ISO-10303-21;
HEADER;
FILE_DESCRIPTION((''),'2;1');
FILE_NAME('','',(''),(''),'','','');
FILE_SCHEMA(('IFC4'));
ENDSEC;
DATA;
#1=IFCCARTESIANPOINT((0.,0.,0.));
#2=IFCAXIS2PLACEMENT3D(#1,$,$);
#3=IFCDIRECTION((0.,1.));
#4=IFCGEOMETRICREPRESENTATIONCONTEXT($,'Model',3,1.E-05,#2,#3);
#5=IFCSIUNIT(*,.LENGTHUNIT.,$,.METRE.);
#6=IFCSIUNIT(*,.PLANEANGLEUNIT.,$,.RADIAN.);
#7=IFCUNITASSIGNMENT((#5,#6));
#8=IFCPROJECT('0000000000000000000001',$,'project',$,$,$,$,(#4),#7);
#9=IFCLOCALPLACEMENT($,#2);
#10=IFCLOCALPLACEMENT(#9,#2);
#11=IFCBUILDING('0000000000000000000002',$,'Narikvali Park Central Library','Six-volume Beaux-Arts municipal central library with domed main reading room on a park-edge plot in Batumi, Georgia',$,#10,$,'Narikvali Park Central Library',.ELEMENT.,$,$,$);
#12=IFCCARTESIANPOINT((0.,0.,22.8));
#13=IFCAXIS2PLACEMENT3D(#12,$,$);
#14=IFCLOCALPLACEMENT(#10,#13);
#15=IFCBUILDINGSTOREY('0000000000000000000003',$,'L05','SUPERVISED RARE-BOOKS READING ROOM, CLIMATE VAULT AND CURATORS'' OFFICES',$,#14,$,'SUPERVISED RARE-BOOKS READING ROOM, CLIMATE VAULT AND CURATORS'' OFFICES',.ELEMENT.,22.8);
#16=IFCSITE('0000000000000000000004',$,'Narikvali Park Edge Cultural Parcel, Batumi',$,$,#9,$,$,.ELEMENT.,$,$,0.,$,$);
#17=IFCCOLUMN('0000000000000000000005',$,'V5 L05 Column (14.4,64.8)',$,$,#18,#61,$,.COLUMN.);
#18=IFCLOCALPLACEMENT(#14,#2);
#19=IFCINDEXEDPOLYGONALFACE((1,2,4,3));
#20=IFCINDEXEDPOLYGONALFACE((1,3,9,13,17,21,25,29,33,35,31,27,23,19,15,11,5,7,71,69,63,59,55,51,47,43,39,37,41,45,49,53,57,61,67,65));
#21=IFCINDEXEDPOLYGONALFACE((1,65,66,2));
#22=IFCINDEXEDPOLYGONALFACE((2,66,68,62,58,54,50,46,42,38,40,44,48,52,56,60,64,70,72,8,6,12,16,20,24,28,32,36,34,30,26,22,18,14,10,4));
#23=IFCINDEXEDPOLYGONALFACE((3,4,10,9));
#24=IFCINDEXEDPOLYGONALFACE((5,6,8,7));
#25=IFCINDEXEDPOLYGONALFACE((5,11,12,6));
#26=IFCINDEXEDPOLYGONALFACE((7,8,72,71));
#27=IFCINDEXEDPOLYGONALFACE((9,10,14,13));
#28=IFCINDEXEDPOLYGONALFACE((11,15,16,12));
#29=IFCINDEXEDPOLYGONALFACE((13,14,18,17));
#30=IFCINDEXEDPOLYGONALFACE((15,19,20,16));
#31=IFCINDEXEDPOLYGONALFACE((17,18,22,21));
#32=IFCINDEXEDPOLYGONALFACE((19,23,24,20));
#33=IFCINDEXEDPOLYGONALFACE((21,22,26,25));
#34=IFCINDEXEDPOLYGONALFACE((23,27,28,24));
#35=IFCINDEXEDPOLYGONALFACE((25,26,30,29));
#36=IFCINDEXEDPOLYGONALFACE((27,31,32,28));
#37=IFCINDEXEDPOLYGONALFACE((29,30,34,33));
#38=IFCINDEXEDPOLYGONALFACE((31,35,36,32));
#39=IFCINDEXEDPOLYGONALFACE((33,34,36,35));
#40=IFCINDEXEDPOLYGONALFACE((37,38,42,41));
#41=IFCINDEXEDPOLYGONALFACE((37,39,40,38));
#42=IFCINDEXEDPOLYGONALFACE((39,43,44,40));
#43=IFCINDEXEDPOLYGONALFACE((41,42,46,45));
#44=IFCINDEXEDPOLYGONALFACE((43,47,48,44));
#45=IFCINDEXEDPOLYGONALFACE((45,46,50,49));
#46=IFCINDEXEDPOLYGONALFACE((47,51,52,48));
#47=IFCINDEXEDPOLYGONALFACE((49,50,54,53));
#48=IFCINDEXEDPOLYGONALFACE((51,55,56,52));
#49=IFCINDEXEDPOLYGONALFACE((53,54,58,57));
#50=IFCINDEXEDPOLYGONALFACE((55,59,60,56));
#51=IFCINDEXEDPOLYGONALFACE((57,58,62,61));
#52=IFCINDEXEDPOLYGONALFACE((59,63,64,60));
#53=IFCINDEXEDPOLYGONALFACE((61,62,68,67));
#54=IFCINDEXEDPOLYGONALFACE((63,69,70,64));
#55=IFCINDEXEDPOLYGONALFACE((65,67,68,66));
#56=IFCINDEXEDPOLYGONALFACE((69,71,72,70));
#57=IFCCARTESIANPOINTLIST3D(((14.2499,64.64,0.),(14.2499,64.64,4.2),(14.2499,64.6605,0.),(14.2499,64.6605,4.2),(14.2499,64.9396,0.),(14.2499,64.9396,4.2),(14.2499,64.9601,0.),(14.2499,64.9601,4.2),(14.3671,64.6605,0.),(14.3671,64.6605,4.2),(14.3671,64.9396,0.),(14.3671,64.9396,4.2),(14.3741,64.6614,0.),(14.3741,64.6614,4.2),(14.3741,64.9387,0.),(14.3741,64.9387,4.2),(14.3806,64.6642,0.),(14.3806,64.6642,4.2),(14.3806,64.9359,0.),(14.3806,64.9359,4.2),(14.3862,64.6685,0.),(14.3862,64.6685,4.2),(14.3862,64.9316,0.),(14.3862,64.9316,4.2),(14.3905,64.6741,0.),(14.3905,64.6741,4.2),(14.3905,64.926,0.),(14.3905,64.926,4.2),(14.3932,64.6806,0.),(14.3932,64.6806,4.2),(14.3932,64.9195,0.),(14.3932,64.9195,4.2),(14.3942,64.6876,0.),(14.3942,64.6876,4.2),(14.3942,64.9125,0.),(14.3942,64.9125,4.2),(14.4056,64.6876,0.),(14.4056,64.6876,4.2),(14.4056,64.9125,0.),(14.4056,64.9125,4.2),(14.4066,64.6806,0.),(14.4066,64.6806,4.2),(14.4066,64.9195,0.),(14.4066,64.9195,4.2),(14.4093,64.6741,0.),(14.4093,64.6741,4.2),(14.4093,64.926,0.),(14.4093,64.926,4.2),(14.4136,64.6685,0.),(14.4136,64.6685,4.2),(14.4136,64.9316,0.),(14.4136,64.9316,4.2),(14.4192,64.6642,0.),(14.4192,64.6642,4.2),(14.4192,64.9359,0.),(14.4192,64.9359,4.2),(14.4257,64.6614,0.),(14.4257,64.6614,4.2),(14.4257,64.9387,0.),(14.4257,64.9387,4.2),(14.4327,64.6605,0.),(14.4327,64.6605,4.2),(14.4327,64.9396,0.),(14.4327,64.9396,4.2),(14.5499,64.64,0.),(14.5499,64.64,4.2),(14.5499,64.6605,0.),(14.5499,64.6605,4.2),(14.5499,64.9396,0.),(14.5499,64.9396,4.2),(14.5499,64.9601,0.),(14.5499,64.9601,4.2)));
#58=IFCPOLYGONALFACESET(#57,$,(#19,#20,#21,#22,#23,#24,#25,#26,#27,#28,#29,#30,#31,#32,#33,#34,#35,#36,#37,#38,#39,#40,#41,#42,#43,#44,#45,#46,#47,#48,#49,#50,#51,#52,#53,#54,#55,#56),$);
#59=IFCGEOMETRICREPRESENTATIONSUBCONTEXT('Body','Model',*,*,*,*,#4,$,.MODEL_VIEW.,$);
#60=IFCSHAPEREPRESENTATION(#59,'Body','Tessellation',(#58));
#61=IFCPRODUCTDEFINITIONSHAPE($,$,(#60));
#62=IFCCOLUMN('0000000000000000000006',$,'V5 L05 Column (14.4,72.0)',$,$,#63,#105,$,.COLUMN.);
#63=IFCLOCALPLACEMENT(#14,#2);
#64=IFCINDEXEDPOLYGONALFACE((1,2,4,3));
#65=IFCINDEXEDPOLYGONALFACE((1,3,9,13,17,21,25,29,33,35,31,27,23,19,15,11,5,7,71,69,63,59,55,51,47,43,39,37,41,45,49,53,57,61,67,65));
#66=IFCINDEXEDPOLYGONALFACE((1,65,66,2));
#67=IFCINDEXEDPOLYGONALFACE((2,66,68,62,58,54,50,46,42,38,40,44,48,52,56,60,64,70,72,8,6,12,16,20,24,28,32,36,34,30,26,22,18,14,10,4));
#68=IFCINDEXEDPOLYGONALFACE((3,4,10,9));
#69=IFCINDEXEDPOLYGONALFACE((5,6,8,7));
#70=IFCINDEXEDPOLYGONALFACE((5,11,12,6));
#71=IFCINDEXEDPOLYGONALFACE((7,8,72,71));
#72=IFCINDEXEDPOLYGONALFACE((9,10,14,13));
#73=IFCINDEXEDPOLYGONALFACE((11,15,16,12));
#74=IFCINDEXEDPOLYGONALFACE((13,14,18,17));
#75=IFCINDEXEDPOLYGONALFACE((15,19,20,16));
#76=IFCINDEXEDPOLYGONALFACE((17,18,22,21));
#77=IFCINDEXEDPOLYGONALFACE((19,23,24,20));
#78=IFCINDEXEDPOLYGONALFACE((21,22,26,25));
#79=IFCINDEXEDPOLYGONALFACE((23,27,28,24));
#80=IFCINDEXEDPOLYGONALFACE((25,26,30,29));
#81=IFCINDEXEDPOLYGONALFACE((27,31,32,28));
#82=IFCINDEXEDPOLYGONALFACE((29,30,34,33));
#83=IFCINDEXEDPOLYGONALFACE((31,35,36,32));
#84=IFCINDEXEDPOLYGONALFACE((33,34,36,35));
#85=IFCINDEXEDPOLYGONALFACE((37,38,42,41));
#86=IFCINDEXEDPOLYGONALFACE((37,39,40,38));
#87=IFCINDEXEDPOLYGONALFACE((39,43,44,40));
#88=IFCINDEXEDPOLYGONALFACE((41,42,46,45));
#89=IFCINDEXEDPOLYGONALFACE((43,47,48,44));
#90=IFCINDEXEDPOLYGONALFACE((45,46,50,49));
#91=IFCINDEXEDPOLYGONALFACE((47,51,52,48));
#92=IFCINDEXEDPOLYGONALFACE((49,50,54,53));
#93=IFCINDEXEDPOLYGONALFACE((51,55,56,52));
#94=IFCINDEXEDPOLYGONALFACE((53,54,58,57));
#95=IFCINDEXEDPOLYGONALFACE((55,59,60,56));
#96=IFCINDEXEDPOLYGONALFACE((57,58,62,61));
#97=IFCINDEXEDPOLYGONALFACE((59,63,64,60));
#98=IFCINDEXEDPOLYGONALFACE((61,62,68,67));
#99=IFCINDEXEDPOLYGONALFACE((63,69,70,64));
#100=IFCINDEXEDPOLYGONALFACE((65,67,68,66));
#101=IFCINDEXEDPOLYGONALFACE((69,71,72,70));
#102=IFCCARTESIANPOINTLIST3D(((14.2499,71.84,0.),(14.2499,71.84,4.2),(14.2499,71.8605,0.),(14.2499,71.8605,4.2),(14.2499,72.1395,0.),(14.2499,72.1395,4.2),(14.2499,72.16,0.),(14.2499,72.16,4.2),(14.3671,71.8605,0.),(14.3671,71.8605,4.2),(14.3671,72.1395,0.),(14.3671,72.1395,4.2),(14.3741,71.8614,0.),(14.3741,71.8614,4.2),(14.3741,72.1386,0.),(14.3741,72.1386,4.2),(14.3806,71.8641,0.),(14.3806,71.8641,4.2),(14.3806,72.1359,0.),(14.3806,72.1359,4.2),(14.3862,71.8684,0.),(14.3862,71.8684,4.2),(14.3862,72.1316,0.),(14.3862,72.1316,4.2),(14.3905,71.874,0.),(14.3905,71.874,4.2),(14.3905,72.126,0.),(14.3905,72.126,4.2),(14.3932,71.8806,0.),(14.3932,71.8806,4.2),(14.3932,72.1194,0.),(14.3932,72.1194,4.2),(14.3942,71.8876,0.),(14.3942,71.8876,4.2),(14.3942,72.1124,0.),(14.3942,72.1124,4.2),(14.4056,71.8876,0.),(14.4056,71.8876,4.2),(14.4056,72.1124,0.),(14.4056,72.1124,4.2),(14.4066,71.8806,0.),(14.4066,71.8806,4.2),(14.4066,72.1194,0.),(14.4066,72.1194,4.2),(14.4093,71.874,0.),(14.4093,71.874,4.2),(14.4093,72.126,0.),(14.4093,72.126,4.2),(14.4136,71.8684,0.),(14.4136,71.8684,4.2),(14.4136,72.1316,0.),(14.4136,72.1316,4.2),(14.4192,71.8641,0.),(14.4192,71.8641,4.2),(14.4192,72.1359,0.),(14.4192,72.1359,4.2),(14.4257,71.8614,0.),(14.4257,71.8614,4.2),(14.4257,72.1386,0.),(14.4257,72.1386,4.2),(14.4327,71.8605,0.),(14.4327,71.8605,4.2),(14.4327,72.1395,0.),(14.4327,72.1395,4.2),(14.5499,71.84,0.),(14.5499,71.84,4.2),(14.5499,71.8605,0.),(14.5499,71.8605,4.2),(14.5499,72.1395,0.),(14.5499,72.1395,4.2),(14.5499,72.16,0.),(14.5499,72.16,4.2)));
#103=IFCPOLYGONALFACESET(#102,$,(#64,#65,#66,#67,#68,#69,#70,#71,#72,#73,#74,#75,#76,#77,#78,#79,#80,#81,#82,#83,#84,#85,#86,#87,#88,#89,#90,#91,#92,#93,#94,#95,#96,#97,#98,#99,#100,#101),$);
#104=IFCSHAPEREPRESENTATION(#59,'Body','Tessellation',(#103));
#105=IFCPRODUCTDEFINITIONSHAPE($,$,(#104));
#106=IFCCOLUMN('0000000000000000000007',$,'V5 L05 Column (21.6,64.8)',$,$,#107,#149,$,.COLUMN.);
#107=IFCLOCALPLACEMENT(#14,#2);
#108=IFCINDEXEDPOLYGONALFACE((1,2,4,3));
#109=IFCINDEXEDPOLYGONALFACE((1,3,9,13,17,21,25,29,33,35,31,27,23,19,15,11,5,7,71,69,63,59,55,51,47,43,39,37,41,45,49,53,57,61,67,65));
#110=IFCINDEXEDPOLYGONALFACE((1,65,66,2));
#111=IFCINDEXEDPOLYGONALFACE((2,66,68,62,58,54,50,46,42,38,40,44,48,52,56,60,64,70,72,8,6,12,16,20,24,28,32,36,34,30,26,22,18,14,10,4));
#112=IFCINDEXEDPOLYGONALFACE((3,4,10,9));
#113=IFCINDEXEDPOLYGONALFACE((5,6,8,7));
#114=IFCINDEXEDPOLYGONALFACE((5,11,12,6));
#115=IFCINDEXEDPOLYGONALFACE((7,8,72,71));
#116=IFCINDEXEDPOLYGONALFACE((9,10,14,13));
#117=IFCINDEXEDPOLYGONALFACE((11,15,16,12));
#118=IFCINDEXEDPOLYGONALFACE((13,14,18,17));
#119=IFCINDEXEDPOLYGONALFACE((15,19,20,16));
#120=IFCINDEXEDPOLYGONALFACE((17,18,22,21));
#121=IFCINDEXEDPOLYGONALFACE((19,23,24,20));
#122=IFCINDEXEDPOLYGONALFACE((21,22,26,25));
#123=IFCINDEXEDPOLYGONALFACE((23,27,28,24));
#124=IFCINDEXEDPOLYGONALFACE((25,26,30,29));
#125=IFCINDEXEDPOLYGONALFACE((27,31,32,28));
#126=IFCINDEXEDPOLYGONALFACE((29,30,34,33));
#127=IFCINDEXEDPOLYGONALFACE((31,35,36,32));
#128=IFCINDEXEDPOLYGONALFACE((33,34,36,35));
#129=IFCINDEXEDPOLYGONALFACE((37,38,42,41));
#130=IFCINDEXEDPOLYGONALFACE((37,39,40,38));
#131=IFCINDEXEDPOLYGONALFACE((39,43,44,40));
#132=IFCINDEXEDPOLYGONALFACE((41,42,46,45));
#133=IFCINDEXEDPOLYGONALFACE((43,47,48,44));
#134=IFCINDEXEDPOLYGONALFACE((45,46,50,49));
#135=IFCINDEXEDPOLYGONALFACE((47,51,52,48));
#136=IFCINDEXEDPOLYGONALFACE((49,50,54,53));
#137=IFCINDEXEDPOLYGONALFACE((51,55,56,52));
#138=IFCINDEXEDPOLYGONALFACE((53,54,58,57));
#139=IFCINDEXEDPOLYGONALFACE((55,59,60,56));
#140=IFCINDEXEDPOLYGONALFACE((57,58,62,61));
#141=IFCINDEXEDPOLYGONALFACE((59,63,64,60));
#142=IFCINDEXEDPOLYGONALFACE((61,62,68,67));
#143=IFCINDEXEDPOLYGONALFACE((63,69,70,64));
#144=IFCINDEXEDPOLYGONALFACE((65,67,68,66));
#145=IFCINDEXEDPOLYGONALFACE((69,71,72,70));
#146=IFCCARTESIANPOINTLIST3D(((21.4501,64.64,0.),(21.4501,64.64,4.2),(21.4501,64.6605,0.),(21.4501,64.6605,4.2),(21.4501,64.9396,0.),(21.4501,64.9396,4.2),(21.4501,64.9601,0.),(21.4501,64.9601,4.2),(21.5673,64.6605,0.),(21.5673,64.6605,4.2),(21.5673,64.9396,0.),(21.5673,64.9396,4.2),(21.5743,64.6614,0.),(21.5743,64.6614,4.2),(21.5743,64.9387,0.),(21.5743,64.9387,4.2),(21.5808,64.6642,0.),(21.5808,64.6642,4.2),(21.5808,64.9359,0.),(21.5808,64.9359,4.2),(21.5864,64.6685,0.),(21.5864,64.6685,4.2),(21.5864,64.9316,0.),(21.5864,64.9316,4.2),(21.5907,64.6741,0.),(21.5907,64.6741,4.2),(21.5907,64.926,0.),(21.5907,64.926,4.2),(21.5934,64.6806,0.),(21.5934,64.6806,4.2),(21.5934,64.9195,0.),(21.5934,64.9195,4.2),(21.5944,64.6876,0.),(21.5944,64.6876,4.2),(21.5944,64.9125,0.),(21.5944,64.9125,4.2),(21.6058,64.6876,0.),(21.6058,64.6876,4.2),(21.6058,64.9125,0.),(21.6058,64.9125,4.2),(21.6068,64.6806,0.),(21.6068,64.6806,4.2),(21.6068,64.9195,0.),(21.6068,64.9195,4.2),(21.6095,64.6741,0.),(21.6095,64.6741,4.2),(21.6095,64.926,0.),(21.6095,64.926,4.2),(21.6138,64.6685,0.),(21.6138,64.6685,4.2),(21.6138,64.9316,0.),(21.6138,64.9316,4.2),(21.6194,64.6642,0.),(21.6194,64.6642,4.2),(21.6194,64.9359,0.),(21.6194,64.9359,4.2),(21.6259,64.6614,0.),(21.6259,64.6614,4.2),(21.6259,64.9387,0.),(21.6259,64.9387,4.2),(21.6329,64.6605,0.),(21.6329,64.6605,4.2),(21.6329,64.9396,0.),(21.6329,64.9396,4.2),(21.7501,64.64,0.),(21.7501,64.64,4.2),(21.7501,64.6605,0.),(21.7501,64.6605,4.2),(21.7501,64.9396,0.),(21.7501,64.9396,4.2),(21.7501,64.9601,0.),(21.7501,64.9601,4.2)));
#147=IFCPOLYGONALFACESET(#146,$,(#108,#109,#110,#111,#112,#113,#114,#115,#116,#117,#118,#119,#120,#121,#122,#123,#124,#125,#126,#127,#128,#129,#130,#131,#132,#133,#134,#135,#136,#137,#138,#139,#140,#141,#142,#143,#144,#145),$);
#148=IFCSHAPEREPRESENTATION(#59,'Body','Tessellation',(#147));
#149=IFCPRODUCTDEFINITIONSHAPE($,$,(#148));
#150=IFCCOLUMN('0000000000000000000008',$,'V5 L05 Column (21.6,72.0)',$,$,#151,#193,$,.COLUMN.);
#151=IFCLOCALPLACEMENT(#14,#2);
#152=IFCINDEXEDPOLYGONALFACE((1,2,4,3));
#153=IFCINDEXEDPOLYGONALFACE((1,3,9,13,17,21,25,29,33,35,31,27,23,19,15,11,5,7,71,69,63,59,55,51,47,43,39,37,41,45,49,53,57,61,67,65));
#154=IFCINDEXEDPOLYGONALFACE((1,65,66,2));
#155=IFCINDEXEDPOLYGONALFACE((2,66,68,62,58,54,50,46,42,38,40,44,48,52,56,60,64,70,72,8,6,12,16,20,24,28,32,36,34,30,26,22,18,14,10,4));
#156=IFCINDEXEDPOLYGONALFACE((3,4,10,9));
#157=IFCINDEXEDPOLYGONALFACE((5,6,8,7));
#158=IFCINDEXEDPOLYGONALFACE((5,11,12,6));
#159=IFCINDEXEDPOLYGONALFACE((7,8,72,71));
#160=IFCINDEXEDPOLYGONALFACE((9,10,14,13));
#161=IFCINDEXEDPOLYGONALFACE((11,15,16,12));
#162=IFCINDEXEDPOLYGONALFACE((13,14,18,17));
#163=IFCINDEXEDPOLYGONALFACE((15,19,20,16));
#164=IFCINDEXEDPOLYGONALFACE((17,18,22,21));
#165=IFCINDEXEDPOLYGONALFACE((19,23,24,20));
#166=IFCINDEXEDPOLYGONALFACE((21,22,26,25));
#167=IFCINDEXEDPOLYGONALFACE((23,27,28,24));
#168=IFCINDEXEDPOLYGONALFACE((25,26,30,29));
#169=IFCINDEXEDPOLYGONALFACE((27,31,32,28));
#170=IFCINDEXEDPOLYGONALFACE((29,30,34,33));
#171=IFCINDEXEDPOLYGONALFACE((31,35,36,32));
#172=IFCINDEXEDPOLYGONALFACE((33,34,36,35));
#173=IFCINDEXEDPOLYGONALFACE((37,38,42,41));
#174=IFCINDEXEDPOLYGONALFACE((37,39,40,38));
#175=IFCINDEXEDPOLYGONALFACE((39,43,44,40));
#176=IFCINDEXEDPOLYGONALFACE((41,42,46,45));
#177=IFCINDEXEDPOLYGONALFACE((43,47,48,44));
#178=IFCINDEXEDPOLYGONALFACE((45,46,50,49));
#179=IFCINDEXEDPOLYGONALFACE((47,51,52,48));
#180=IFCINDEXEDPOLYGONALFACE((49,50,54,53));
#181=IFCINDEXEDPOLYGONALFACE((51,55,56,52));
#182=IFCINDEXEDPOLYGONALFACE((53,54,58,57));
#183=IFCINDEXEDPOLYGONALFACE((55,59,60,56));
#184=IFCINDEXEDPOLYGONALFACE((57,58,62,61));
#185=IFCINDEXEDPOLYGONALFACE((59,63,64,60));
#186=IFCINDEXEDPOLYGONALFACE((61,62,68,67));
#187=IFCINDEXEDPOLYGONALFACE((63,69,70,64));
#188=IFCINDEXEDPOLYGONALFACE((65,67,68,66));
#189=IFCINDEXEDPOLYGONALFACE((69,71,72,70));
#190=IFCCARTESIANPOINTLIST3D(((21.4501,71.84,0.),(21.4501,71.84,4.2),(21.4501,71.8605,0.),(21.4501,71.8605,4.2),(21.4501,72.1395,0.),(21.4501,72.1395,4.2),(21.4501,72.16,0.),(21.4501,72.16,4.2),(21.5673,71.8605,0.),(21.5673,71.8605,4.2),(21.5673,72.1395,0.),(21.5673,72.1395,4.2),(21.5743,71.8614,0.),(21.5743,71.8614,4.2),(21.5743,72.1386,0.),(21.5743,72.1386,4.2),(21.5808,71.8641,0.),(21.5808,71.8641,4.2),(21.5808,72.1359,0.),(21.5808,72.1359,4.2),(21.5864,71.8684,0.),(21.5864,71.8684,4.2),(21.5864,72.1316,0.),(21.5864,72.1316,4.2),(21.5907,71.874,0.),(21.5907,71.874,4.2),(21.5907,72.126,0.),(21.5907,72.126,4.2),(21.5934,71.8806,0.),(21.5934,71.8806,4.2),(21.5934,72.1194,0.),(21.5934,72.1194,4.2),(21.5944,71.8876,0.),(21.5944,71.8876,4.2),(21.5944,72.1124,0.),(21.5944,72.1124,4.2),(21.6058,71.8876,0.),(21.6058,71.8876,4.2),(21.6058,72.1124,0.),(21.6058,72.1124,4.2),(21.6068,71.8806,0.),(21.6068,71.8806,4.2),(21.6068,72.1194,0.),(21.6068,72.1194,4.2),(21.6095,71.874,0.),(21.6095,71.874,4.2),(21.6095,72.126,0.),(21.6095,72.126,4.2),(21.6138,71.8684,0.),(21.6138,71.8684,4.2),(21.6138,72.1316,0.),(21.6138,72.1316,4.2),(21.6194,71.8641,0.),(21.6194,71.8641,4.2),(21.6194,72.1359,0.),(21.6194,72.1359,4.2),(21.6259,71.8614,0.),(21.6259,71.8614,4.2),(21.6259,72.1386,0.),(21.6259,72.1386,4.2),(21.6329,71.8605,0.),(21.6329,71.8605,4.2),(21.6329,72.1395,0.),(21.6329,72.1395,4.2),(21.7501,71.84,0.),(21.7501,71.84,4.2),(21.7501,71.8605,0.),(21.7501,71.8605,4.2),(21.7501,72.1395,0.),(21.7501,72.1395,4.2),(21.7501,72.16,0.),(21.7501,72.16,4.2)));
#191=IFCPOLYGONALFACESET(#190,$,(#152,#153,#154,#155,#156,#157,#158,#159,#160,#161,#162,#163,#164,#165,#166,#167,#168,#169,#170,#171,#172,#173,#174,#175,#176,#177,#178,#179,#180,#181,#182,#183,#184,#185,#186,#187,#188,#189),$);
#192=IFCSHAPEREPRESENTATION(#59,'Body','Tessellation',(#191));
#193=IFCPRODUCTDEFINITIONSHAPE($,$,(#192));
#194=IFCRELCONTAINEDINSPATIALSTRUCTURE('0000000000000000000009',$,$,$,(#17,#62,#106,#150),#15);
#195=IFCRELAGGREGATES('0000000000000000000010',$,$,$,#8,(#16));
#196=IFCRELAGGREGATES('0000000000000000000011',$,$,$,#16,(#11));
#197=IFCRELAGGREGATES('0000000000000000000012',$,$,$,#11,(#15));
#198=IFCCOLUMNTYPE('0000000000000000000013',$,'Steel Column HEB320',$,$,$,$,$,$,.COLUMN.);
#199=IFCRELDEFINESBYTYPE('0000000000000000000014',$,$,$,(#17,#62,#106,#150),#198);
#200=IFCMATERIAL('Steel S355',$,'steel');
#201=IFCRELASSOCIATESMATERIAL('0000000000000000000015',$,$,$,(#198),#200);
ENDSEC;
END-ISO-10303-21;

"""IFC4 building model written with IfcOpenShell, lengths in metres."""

from ifc_helpers import new_model, si_unit, direction, frame, origin, origin_2d, place, context, subcontext, project, spatial, i_section, extrude, material, material_profile, profile_set, type_object, element, save


model = new_model("IFC4")

# Units and contexts
model_context = context("Model", 3, precision=1e-05, world=origin(), true_north=direction((0.0, 1.0)))
body_context = subcontext(model_context, "Body", "Model", "MODEL_VIEW")
ifc_project = project(units=[si_unit("LENGTHUNIT", "METRE"), si_unit("PLANEANGLEUNIT", "RADIAN")], contexts=[model_context])

# Site, building, storey
site_placement = place(None, origin())
site = spatial("IfcSite", under=ifc_project, at=site_placement, Name="Narikvali Park Edge Cultural Parcel, Batumi", CompositionType="ELEMENT", RefElevation=0.0)
building_placement = place(site_placement, origin())
building = spatial("IfcBuilding", under=site, at=building_placement, Name="Narikvali Park Central Library", Description="Six-volume Beaux-Arts municipal central library with domed main reading room on a park-edge plot in Batumi, Georgia", LongName="Narikvali Park Central Library", CompositionType="ELEMENT")
storey_placement = place(building_placement, frame((0.0, 0.0, 22.8)))
storey = spatial("IfcBuildingStorey", under=building, at=storey_placement, Name="L05", Description="SUPERVISED RARE-BOOKS READING ROOM, CLIMATE VAULT AND CURATORS' OFFICES", LongName="SUPERVISED RARE-BOOKS READING ROOM, CLIMATE VAULT AND CURATORS' OFFICES", CompositionType="ELEMENT", Elevation=22.8)

# Columns
ifc_material_1 = material(Name="Steel S355", Category="steel")
ifc_material_profile_1 = material_profile(ifc_material_1, i_section(OverallWidth=0.3, OverallDepth=0.3201, WebThickness=0.0115, FlangeThickness=0.0205, FilletRadius=0.0271, at=origin_2d()), Name="HEB 320")
ifc_profile_set_1 = profile_set([ifc_material_profile_1], Name="Steel S355")
column_type = type_object("IfcColumnType", Name="Steel Column HEB320", PredefinedType="COLUMN", material=ifc_profile_set_1)
for number, where, z_axis, x_axis, name in (
    (1, (14.3999, 64.8, 0.0), (0.0, 0.0, 1.0), (1.0, 0.0, 0.0), "V5 L05 Column (14.4,64.8)"),
    (2, (14.3999, 72.0, 0.0), (0.0, 0.0, 1.0), (1.0, 0.0, 0.0), "V5 L05 Column (14.4,72.0)"),
    (3, (21.6001, 64.8, 0.0), (0.0, 0.0, 1.0), (1.0, 0.0, 0.0), "V5 L05 Column (21.6,64.8)"),
    (4, (21.6001, 72.0, 0.0), (0.0, 0.0, 1.0), (1.0, 0.0, 0.0), "V5 L05 Column (21.6,72.0)"),
):
    element("IfcColumn", number, at=place(storey_placement, frame(where, z_axis=z_axis, x_axis=x_axis)), inside=storey, type_object=column_type, Name=name, PredefinedType="COLUMN", context=body_context, shape_type="SweptSolid", body=[
        extrude(i_section(OverallWidth=0.3, OverallDepth=0.3201, WebThickness=0.0115, FlangeThickness=0.0205, FilletRadius=0.0271, at=origin_2d()), origin(), (0.0, 0.0, 1.0), 4.2),
    ])

save(model, "model.ifc")
